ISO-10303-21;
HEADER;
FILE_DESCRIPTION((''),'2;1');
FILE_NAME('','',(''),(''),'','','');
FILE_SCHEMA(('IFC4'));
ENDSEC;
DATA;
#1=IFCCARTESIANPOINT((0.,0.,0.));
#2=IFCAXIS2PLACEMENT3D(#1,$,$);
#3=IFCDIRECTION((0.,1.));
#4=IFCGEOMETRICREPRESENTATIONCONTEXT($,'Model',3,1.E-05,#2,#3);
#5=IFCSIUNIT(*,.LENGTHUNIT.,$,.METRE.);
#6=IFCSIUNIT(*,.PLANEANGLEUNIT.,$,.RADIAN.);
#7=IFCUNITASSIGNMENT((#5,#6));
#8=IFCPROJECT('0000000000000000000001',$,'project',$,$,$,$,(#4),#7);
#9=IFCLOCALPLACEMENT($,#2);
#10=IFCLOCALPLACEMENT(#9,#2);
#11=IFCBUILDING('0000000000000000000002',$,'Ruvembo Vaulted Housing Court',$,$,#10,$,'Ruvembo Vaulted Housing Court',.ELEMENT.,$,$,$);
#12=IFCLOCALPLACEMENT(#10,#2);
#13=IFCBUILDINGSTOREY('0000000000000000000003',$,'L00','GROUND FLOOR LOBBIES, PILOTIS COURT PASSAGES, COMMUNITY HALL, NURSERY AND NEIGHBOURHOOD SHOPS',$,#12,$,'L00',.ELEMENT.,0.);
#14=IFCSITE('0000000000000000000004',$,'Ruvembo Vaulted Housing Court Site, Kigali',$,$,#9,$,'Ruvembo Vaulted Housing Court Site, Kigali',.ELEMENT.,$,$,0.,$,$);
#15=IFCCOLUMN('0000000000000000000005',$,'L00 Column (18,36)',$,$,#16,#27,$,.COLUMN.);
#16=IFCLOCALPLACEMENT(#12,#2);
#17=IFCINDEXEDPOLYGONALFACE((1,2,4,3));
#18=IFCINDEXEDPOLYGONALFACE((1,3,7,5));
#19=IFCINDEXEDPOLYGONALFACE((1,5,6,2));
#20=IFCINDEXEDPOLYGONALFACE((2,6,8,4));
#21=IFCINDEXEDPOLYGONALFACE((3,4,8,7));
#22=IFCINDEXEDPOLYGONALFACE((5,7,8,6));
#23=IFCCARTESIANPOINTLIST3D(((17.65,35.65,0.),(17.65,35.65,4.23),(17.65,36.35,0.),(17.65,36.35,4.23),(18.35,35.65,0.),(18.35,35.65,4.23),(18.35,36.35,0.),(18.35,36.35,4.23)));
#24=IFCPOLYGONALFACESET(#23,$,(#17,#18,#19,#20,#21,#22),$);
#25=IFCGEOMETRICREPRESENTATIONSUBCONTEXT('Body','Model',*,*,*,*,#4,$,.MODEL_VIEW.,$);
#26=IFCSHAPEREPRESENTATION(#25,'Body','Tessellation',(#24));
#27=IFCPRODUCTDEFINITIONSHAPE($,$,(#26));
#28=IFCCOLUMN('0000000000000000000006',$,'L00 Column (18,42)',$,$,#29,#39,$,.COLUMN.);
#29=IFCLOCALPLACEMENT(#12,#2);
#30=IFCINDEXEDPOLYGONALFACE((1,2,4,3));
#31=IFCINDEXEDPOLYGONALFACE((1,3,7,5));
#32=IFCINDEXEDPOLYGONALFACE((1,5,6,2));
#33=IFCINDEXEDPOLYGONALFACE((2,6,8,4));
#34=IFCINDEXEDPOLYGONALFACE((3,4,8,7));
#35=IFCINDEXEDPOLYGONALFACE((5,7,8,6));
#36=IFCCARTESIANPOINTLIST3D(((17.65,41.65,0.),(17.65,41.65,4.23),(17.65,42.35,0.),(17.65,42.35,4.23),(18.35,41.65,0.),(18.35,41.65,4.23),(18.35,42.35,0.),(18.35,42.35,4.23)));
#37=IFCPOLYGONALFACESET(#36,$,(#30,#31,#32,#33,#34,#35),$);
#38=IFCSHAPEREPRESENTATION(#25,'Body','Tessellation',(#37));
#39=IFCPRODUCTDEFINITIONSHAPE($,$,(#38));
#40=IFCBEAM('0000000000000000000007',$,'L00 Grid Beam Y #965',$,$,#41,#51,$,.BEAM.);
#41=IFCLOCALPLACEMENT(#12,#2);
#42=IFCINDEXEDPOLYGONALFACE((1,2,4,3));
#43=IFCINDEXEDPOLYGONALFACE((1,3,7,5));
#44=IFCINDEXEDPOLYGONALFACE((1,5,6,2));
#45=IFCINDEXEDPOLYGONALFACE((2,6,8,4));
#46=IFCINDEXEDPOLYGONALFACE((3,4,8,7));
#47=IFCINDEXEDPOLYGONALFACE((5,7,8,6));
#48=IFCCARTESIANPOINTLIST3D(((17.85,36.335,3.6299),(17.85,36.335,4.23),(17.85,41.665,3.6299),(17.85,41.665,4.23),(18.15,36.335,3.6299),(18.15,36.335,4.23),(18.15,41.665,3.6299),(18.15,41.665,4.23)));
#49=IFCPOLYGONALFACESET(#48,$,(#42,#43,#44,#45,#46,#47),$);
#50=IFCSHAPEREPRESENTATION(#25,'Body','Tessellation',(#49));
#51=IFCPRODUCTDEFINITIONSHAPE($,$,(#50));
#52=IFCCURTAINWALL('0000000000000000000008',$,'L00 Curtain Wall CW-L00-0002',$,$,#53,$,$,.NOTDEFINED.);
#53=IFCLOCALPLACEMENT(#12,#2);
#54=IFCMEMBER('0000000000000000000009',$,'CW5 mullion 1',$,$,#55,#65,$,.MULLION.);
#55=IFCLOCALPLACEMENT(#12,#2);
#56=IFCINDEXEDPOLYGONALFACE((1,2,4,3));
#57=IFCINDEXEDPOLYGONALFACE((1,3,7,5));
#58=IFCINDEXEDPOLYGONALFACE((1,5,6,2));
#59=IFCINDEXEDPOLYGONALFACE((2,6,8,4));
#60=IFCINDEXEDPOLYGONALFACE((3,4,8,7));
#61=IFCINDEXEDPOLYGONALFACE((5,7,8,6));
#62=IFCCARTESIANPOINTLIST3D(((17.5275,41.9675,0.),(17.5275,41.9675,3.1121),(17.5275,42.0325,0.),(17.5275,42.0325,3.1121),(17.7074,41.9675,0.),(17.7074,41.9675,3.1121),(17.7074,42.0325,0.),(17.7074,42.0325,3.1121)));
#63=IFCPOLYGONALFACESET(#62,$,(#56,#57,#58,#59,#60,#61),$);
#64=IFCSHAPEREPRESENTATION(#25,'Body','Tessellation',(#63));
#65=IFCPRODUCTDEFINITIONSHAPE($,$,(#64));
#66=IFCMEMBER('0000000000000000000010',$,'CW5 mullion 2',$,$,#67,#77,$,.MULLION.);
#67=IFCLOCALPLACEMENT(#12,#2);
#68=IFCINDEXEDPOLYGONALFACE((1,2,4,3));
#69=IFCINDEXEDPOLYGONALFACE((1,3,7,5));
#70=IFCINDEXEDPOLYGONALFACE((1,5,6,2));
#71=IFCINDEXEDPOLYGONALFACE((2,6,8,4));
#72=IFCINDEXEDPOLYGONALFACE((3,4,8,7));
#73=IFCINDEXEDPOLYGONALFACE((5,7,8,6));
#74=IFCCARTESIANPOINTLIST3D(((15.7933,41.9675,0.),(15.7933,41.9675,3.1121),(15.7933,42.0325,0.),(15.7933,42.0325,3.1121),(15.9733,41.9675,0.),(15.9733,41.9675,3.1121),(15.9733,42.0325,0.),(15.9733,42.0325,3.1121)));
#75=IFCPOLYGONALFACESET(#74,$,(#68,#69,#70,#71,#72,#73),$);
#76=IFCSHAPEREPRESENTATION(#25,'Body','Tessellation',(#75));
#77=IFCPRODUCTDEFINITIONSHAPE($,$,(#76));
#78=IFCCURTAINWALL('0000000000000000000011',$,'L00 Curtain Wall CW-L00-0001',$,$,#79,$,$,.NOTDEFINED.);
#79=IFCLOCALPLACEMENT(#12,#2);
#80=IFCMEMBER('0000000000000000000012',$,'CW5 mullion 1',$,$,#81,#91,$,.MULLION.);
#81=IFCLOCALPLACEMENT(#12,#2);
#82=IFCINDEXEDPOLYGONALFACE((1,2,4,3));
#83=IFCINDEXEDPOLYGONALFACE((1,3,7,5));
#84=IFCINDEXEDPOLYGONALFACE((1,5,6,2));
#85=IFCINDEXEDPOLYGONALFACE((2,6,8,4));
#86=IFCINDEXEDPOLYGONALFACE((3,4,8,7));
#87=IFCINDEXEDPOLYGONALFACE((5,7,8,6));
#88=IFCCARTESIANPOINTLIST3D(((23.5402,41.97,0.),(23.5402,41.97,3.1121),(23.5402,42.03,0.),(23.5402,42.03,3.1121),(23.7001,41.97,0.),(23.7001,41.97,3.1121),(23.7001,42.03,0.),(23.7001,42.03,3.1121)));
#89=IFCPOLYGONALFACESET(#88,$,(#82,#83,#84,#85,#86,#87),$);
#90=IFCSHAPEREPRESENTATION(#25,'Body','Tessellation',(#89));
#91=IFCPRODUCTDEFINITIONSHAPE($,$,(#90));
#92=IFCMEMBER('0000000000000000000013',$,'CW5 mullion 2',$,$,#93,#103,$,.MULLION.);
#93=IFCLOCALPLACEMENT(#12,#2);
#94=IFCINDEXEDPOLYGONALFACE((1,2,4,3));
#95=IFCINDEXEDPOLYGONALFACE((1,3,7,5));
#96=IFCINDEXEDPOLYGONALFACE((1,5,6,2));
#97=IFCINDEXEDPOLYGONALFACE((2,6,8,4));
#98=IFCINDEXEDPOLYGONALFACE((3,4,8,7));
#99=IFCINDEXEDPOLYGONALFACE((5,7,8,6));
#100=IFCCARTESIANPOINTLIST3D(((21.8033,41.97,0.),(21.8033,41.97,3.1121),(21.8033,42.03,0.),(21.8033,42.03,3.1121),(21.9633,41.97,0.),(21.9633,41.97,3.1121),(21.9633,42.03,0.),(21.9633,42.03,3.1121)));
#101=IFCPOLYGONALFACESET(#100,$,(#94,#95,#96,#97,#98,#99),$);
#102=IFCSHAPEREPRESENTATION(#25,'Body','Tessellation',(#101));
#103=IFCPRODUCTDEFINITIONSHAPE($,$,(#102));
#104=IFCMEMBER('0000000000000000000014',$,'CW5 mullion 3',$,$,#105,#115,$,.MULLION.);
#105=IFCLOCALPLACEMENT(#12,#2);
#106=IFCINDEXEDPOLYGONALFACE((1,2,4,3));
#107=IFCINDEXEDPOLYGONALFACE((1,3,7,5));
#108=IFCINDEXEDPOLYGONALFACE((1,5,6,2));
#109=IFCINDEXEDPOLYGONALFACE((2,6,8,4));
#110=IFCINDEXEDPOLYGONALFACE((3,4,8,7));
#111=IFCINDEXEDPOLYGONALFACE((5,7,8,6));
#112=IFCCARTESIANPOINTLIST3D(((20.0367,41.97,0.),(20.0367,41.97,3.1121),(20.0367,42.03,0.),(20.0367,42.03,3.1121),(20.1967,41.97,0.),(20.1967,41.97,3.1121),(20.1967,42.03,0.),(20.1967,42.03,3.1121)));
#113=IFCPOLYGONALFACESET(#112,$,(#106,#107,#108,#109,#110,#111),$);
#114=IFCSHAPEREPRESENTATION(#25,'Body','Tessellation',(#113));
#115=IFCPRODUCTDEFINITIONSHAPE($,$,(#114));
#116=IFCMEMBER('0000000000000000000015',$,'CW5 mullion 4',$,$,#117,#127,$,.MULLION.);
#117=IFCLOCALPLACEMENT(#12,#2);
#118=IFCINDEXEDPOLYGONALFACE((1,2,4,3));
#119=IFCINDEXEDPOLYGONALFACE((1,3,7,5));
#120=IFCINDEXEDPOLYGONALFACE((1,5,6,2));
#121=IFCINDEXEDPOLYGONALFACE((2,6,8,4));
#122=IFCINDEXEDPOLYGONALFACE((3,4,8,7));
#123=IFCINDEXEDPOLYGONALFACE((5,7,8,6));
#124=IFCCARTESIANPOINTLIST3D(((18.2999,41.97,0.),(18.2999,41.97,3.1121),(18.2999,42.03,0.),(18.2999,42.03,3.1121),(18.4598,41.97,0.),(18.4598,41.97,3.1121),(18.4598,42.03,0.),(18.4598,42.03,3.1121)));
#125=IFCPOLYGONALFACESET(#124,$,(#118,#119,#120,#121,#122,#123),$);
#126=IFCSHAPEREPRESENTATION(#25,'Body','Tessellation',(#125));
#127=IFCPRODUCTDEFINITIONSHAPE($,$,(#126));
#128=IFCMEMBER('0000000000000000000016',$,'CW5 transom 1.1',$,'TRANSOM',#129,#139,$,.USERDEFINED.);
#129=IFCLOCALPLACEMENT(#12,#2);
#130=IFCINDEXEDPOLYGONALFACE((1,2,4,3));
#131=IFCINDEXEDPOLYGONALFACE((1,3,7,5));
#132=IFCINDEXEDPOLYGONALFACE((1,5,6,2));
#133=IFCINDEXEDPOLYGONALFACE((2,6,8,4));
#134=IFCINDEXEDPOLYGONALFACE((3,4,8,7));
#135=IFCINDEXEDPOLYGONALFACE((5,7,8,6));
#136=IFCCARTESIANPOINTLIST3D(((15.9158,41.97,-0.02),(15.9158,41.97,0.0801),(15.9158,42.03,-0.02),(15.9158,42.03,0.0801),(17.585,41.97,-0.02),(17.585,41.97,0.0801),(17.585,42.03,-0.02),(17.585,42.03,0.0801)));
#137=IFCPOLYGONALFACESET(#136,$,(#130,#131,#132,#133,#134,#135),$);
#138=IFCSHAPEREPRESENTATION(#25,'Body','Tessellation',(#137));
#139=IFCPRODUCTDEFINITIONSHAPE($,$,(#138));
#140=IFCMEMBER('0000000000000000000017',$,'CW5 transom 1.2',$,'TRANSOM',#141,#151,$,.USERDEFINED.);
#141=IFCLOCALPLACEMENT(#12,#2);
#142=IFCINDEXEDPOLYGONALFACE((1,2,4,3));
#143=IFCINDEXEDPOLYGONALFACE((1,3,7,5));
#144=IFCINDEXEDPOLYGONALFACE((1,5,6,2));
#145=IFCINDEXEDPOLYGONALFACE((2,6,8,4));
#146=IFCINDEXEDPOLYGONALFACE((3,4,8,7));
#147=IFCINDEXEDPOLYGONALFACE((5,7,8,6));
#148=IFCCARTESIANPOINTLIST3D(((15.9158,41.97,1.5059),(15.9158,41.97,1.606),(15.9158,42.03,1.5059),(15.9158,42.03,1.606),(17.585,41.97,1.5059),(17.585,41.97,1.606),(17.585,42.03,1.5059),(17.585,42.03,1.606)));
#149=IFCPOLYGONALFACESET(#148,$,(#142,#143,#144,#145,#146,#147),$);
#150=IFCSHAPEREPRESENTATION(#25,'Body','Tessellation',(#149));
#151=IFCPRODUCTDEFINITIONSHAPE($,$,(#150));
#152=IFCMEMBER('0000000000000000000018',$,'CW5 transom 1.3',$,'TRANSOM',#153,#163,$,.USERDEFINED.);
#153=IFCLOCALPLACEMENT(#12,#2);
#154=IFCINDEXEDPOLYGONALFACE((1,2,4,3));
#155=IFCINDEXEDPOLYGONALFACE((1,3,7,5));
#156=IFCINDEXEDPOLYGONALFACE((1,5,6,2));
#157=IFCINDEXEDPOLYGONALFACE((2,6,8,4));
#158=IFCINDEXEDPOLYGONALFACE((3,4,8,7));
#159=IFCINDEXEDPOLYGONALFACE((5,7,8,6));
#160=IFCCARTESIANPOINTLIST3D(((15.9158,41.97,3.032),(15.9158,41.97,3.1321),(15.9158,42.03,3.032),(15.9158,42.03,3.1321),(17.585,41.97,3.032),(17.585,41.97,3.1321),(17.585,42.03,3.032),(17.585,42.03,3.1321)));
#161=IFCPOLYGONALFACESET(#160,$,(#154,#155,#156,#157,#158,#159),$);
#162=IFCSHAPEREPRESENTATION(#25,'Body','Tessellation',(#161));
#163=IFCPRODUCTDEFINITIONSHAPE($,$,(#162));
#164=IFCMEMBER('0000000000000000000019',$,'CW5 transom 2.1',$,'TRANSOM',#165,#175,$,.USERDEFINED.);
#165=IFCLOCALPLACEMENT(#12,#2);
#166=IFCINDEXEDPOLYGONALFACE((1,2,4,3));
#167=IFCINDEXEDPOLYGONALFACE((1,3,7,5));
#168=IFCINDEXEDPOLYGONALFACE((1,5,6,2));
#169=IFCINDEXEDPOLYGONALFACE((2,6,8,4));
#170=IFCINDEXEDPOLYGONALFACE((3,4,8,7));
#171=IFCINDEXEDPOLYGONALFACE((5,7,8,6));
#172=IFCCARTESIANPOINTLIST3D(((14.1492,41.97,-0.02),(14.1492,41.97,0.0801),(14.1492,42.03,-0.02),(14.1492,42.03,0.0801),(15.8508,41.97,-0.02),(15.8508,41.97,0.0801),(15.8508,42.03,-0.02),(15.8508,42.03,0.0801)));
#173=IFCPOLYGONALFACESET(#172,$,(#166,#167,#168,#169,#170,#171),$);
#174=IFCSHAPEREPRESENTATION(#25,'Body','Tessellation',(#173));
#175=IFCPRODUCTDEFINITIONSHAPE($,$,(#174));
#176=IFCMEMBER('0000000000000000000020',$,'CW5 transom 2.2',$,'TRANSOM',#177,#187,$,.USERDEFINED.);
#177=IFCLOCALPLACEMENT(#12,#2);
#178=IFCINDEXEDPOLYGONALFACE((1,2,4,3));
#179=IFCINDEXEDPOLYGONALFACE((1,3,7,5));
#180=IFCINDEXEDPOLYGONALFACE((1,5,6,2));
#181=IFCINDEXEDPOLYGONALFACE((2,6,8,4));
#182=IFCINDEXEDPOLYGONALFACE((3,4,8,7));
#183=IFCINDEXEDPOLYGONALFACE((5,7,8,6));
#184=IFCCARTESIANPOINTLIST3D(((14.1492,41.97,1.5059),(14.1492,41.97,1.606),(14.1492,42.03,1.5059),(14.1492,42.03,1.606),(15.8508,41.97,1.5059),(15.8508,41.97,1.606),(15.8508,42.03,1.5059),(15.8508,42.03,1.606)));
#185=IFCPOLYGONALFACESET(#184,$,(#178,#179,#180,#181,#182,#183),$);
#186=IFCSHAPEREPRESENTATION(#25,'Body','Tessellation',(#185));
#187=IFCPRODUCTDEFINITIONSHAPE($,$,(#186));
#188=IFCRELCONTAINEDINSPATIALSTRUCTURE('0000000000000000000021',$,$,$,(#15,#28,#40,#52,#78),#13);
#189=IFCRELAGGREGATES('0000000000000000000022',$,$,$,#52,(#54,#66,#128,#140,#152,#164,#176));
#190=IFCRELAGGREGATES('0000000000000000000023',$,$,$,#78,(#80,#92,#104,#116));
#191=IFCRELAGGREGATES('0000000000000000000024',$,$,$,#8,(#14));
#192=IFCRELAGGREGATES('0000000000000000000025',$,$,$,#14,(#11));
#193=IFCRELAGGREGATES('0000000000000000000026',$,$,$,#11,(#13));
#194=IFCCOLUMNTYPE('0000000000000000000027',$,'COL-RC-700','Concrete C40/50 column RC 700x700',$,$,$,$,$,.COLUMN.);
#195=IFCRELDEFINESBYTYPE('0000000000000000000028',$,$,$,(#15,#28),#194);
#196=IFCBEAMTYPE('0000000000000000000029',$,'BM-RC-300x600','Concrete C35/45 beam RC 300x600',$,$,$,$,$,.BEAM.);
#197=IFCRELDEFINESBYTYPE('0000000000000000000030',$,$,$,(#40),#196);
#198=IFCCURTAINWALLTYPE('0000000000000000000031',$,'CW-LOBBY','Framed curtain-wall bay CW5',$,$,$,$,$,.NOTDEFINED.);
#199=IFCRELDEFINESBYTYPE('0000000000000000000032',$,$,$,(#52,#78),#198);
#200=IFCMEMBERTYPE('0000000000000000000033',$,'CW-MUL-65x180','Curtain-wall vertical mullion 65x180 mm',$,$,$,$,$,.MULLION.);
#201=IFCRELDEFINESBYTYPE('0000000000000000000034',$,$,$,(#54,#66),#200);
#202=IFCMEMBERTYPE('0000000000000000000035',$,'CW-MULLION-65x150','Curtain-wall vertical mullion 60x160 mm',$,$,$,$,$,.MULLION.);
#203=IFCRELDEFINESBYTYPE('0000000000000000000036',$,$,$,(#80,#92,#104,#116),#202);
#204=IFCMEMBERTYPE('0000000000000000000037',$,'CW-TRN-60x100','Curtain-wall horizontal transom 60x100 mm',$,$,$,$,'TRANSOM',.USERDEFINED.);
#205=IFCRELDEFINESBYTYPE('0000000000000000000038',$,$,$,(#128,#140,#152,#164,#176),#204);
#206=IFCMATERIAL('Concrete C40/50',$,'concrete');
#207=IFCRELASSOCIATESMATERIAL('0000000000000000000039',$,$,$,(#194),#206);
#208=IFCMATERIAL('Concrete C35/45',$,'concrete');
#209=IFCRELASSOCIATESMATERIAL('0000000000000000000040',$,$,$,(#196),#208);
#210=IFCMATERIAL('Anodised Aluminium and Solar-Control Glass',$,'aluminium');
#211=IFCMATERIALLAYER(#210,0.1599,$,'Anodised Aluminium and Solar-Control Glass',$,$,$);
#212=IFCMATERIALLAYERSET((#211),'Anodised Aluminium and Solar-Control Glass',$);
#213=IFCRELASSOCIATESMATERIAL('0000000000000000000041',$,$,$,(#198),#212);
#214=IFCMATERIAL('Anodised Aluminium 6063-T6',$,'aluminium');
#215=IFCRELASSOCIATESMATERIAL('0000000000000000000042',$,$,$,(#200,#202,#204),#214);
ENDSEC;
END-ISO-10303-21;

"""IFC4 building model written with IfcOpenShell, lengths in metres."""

from ifc_helpers import new_model, si_unit, direction, frame, origin, origin_2d, place, context, subcontext, project, spatial, rectangle, extrude, material, layer, layer_set, material_profile, profile_set, type_object, element, aggregate, save


model = new_model("IFC4")

# Units and contexts
model_context = context("Model", 3, precision=1e-05, world=origin(), true_north=direction((0.0, 1.0)))
body_context = subcontext(model_context, "Body", "Model", "MODEL_VIEW")
ifc_project = project(units=[si_unit("LENGTHUNIT", "METRE"), si_unit("PLANEANGLEUNIT", "RADIAN")], contexts=[model_context])

# Site, building, storey
site_placement = place(None, origin())
site = spatial("IfcSite", under=ifc_project, at=site_placement, Name="Ruvembo Vaulted Housing Court Site, Kigali", LongName="Ruvembo Vaulted Housing Court Site, Kigali", CompositionType="ELEMENT", RefElevation=0.0)
building_placement = place(site_placement, origin())
building = spatial("IfcBuilding", under=site, at=building_placement, Name="Ruvembo Vaulted Housing Court", LongName="Ruvembo Vaulted Housing Court", CompositionType="ELEMENT")
storey_placement = place(building_placement, origin())
storey = spatial("IfcBuildingStorey", under=building, at=storey_placement, Name="L00", Description="GROUND FLOOR LOBBIES, PILOTIS COURT PASSAGES, COMMUNITY HALL, NURSERY AND NEIGHBOURHOOD SHOPS", LongName="L00", CompositionType="ELEMENT", Elevation=0.0)

# Columns
ifc_material_1 = material(Name="Concrete C40/50", Category="concrete")
ifc_material_profile_1 = material_profile(ifc_material_1, rectangle(XDim=0.7, YDim=0.7, at=origin_2d()), Name="RC 700x700")
ifc_profile_set_1 = profile_set([ifc_material_profile_1], Name="Concrete C40/50")
column_type = type_object("IfcColumnType", Name="COL-RC-700", Description="Concrete C40/50 column RC 700x700", PredefinedType="COLUMN", material=ifc_profile_set_1)
for number, where, z_axis, x_axis, name in (
    (1, (18.0, 36.0, 0.0), (0.0, 0.0, 1.0), (1.0, 0.0, 0.0), "L00 Column (18,36)"),
    (2, (18.0, 42.0, 0.0), (0.0, 0.0, 1.0), (1.0, 0.0, 0.0), "L00 Column (18,42)"),
):
    element("IfcColumn", number, at=place(storey_placement, frame(where, z_axis=z_axis, x_axis=x_axis)), inside=storey, type_object=column_type, Name=name, PredefinedType="COLUMN", context=body_context, shape_type="SweptSolid", body=[
        extrude(rectangle(XDim=0.7, YDim=0.7, at=origin_2d()), origin(), (0.0, 0.0, 1.0), 4.23),
    ])

# Beam
ifc_material_2 = material(Name="Concrete C35/45", Category="concrete")
ifc_material_profile_2 = material_profile(ifc_material_2, rectangle(XDim=0.3, YDim=0.6001, at=origin_2d()), Name="RC 300x600")
ifc_profile_set_2 = profile_set([ifc_material_profile_2], Name="Concrete C35/45")
beam_type_1 = type_object("IfcBeamType", Name="BM-RC-300x600", Description="Concrete C35/45 beam RC 300x600", PredefinedType="BEAM", material=ifc_profile_set_2)
beam_placement = place(storey_placement, frame((18.0, 36.335, 3.9299), z_axis=(0.0, 1.0, 0.0), x_axis=(-1.0, 0.0, 0.0)))
element("IfcBeam", 3, at=beam_placement, inside=storey, type_object=beam_type_1, Name="L00 Grid Beam Y #965", PredefinedType="BEAM", context=body_context, shape_type="SweptSolid", body=[
    extrude(rectangle(XDim=0.3, YDim=0.6001, at=origin_2d()), origin(), (0.0, 0.0, 1.0), 5.3301),
])

# Curtain walls, members
ifc_material_3 = material(Name="Anodised Aluminium and Solar-Control Glass", Category="aluminium")
ifc_layer_1 = layer(ifc_material_3, 0.1599, Name="Anodised Aluminium and Solar-Control Glass")
ifc_layer_set_1 = layer_set([ifc_layer_1], Name="Anodised Aluminium and Solar-Control Glass")
curtain_wall_type = type_object("IfcCurtainWallType", Name="CW-LOBBY", Description="Framed curtain-wall bay CW5", PredefinedType="NOTDEFINED", material=ifc_layer_set_1)
curtain_wall_1_placement = place(storey_placement, origin())
curtain_wall_1 = element("IfcCurtainWall", 4, at=curtain_wall_1_placement, inside=storey, type_object=curtain_wall_type, Name="L00 Curtain Wall CW-L00-0002", PredefinedType="NOTDEFINED")
ifc_material_4 = material(Name="Anodised Aluminium 6063-T6", Category="aluminium")
ifc_material_profile_3 = material_profile(ifc_material_4, rectangle(XDim=0.0649, YDim=0.1799, at=origin_2d()), Name="ALU 65x180")
ifc_profile_set_3 = profile_set([ifc_material_profile_3], Name="Anodised Aluminium 6063-T6")
member_type_1 = type_object("IfcMemberType", Name="CW-MUL-65x180", Description="Curtain-wall vertical mullion 65x180 mm", PredefinedType="MULLION", material=ifc_profile_set_3)
member_1_placement = place(storey_placement, frame((17.6174, 42.0, 0.0), z_axis=(0.0, 0.0, 1.0), x_axis=(0.0, -1.0, 0.0)))
member_1 = element("IfcMember", 5, at=member_1_placement, type_object=member_type_1, Name="CW5 mullion 1", PredefinedType="MULLION", context=body_context, shape_type="SweptSolid", body=[
    extrude(rectangle(XDim=0.0649, YDim=0.1799, at=origin_2d()), origin(), (0.0, 0.0, 1.0), 3.1121),
])
member_2_placement = place(storey_placement, frame((15.8833, 42.0, 0.0), z_axis=(0.0, 0.0, 1.0), x_axis=(0.0, -1.0, 0.0)))
member_2 = element("IfcMember", 6, at=member_2_placement, type_object=member_type_1, Name="CW5 mullion 2", PredefinedType="MULLION", context=body_context, shape_type="SweptSolid", body=[
    extrude(rectangle(XDim=0.0649, YDim=0.1799, at=origin_2d()), origin(), (0.0, 0.0, 1.0), 3.1121),
])
curtain_wall_2_placement = place(storey_placement, origin())
curtain_wall_2 = element("IfcCurtainWall", 7, at=curtain_wall_2_placement, inside=storey, type_object=curtain_wall_type, Name="L00 Curtain Wall CW-L00-0001", PredefinedType="NOTDEFINED")
ifc_material_profile_4 = material_profile(ifc_material_4, rectangle(XDim=0.0601, YDim=0.1599, at=origin_2d()), Name="ALU 60x160")
ifc_profile_set_4 = profile_set([ifc_material_profile_4], Name="Anodised Aluminium 6063-T6")
member_type_2 = type_object("IfcMemberType", Name="CW-MULLION-65x150", Description="Curtain-wall vertical mullion 60x160 mm", PredefinedType="MULLION", material=ifc_profile_set_4)
member_3_placement = place(storey_placement, frame((23.6201, 42.0, 0.0), z_axis=(0.0, 0.0, 1.0), x_axis=(0.0, -1.0, 0.0)))
member_3 = element("IfcMember", 8, at=member_3_placement, type_object=member_type_2, Name="CW5 mullion 1", PredefinedType="MULLION", context=body_context, shape_type="SweptSolid", body=[
    extrude(rectangle(XDim=0.0601, YDim=0.1599, at=origin_2d()), origin(), (0.0, 0.0, 1.0), 3.1121),
])
member_4_placement = place(storey_placement, frame((21.8833, 42.0, 0.0), z_axis=(0.0, 0.0, 1.0), x_axis=(0.0, -1.0, 0.0)))
member_4 = element("IfcMember", 9, at=member_4_placement, type_object=member_type_2, Name="CW5 mullion 2", PredefinedType="MULLION", context=body_context, shape_type="SweptSolid", body=[
    extrude(rectangle(XDim=0.0601, YDim=0.1599, at=origin_2d()), origin(), (0.0, 0.0, 1.0), 3.1121),
])
member_5_placement = place(storey_placement, frame((20.1167, 42.0, 0.0), z_axis=(0.0, 0.0, 1.0), x_axis=(0.0, -1.0, 0.0)))
member_5 = element("IfcMember", 10, at=member_5_placement, type_object=member_type_2, Name="CW5 mullion 3", PredefinedType="MULLION", context=body_context, shape_type="SweptSolid", body=[
    extrude(rectangle(XDim=0.0601, YDim=0.1599, at=origin_2d()), origin(), (0.0, 0.0, 1.0), 3.1121),
])
member_6_placement = place(storey_placement, frame((18.3799, 42.0, 0.0), z_axis=(0.0, 0.0, 1.0), x_axis=(0.0, -1.0, 0.0)))
member_6 = element("IfcMember", 11, at=member_6_placement, type_object=member_type_2, Name="CW5 mullion 4", PredefinedType="MULLION", context=body_context, shape_type="SweptSolid", body=[
    extrude(rectangle(XDim=0.0601, YDim=0.1599, at=origin_2d()), origin(), (0.0, 0.0, 1.0), 3.1121),
])

# Members
ifc_material_profile_5 = material_profile(ifc_material_4, rectangle(XDim=0.0601, YDim=0.1001, at=origin_2d()), Name="ALU 60x100")
ifc_profile_set_5 = profile_set([ifc_material_profile_5], Name="Anodised Aluminium 6063-T6")
member_type_3 = type_object("IfcMemberType", Name="CW-TRN-60x100", Description="Curtain-wall horizontal transom 60x100 mm", ElementType="TRANSOM", PredefinedType="USERDEFINED", material=ifc_profile_set_5)
member_7_placement = place(storey_placement, frame((17.585, 42.0, 0.03), z_axis=(-1.0, 0.0, 0.0), x_axis=(0.0, -1.0, 0.0)))
member_7 = element("IfcMember", 12, at=member_7_placement, type_object=member_type_3, Name="CW5 transom 1.1", ObjectType="TRANSOM", PredefinedType="USERDEFINED", context=body_context, shape_type="SweptSolid", body=[
    extrude(rectangle(XDim=0.0601, YDim=0.1001, at=origin_2d()), origin(), (0.0, 0.0, 1.0), 1.6692),
])
member_8_placement = place(storey_placement, frame((17.585, 42.0, 1.5559), z_axis=(-1.0, 0.0, 0.0), x_axis=(0.0, -1.0, 0.0)))
member_8 = element("IfcMember", 13, at=member_8_placement, type_object=member_type_3, Name="CW5 transom 1.2", ObjectType="TRANSOM", PredefinedType="USERDEFINED", context=body_context, shape_type="SweptSolid", body=[
    extrude(rectangle(XDim=0.0601, YDim=0.1001, at=origin_2d()), origin(), (0.0, 0.0, 1.0), 1.6692),
])
member_9_placement = place(storey_placement, frame((17.585, 42.0, 3.082), z_axis=(-1.0, 0.0, 0.0), x_axis=(0.0, -1.0, 0.0)))
member_9 = element("IfcMember", 14, at=member_9_placement, type_object=member_type_3, Name="CW5 transom 1.3", ObjectType="TRANSOM", PredefinedType="USERDEFINED", context=body_context, shape_type="SweptSolid", body=[
    extrude(rectangle(XDim=0.0601, YDim=0.1001, at=origin_2d()), origin(), (0.0, 0.0, 1.0), 1.6692),
])
member_10_placement = place(storey_placement, frame((15.8508, 42.0, 0.03), z_axis=(-1.0, 0.0, 0.0), x_axis=(0.0, -1.0, 0.0)))
member_10 = element("IfcMember", 15, at=member_10_placement, type_object=member_type_3, Name="CW5 transom 2.1", ObjectType="TRANSOM", PredefinedType="USERDEFINED", context=body_context, shape_type="SweptSolid", body=[
    extrude(rectangle(XDim=0.0601, YDim=0.1001, at=origin_2d()), origin(), (0.0, 0.0, 1.0), 1.7017),
])
member_11_placement = place(storey_placement, frame((15.8508, 42.0, 1.5559), z_axis=(-1.0, 0.0, 0.0), x_axis=(0.0, -1.0, 0.0)))
member_11 = element("IfcMember", 16, at=member_11_placement, type_object=member_type_3, Name="CW5 transom 2.2", ObjectType="TRANSOM", PredefinedType="USERDEFINED", context=body_context, shape_type="SweptSolid", body=[
    extrude(rectangle(XDim=0.0601, YDim=0.1001, at=origin_2d()), origin(), (0.0, 0.0, 1.0), 1.7017),
])

aggregate(curtain_wall_1, [member_1, member_2, member_7, member_8, member_9, member_10, member_11])
aggregate(curtain_wall_2, [member_3, member_4, member_5, member_6])

save(model, "model.ifc")
